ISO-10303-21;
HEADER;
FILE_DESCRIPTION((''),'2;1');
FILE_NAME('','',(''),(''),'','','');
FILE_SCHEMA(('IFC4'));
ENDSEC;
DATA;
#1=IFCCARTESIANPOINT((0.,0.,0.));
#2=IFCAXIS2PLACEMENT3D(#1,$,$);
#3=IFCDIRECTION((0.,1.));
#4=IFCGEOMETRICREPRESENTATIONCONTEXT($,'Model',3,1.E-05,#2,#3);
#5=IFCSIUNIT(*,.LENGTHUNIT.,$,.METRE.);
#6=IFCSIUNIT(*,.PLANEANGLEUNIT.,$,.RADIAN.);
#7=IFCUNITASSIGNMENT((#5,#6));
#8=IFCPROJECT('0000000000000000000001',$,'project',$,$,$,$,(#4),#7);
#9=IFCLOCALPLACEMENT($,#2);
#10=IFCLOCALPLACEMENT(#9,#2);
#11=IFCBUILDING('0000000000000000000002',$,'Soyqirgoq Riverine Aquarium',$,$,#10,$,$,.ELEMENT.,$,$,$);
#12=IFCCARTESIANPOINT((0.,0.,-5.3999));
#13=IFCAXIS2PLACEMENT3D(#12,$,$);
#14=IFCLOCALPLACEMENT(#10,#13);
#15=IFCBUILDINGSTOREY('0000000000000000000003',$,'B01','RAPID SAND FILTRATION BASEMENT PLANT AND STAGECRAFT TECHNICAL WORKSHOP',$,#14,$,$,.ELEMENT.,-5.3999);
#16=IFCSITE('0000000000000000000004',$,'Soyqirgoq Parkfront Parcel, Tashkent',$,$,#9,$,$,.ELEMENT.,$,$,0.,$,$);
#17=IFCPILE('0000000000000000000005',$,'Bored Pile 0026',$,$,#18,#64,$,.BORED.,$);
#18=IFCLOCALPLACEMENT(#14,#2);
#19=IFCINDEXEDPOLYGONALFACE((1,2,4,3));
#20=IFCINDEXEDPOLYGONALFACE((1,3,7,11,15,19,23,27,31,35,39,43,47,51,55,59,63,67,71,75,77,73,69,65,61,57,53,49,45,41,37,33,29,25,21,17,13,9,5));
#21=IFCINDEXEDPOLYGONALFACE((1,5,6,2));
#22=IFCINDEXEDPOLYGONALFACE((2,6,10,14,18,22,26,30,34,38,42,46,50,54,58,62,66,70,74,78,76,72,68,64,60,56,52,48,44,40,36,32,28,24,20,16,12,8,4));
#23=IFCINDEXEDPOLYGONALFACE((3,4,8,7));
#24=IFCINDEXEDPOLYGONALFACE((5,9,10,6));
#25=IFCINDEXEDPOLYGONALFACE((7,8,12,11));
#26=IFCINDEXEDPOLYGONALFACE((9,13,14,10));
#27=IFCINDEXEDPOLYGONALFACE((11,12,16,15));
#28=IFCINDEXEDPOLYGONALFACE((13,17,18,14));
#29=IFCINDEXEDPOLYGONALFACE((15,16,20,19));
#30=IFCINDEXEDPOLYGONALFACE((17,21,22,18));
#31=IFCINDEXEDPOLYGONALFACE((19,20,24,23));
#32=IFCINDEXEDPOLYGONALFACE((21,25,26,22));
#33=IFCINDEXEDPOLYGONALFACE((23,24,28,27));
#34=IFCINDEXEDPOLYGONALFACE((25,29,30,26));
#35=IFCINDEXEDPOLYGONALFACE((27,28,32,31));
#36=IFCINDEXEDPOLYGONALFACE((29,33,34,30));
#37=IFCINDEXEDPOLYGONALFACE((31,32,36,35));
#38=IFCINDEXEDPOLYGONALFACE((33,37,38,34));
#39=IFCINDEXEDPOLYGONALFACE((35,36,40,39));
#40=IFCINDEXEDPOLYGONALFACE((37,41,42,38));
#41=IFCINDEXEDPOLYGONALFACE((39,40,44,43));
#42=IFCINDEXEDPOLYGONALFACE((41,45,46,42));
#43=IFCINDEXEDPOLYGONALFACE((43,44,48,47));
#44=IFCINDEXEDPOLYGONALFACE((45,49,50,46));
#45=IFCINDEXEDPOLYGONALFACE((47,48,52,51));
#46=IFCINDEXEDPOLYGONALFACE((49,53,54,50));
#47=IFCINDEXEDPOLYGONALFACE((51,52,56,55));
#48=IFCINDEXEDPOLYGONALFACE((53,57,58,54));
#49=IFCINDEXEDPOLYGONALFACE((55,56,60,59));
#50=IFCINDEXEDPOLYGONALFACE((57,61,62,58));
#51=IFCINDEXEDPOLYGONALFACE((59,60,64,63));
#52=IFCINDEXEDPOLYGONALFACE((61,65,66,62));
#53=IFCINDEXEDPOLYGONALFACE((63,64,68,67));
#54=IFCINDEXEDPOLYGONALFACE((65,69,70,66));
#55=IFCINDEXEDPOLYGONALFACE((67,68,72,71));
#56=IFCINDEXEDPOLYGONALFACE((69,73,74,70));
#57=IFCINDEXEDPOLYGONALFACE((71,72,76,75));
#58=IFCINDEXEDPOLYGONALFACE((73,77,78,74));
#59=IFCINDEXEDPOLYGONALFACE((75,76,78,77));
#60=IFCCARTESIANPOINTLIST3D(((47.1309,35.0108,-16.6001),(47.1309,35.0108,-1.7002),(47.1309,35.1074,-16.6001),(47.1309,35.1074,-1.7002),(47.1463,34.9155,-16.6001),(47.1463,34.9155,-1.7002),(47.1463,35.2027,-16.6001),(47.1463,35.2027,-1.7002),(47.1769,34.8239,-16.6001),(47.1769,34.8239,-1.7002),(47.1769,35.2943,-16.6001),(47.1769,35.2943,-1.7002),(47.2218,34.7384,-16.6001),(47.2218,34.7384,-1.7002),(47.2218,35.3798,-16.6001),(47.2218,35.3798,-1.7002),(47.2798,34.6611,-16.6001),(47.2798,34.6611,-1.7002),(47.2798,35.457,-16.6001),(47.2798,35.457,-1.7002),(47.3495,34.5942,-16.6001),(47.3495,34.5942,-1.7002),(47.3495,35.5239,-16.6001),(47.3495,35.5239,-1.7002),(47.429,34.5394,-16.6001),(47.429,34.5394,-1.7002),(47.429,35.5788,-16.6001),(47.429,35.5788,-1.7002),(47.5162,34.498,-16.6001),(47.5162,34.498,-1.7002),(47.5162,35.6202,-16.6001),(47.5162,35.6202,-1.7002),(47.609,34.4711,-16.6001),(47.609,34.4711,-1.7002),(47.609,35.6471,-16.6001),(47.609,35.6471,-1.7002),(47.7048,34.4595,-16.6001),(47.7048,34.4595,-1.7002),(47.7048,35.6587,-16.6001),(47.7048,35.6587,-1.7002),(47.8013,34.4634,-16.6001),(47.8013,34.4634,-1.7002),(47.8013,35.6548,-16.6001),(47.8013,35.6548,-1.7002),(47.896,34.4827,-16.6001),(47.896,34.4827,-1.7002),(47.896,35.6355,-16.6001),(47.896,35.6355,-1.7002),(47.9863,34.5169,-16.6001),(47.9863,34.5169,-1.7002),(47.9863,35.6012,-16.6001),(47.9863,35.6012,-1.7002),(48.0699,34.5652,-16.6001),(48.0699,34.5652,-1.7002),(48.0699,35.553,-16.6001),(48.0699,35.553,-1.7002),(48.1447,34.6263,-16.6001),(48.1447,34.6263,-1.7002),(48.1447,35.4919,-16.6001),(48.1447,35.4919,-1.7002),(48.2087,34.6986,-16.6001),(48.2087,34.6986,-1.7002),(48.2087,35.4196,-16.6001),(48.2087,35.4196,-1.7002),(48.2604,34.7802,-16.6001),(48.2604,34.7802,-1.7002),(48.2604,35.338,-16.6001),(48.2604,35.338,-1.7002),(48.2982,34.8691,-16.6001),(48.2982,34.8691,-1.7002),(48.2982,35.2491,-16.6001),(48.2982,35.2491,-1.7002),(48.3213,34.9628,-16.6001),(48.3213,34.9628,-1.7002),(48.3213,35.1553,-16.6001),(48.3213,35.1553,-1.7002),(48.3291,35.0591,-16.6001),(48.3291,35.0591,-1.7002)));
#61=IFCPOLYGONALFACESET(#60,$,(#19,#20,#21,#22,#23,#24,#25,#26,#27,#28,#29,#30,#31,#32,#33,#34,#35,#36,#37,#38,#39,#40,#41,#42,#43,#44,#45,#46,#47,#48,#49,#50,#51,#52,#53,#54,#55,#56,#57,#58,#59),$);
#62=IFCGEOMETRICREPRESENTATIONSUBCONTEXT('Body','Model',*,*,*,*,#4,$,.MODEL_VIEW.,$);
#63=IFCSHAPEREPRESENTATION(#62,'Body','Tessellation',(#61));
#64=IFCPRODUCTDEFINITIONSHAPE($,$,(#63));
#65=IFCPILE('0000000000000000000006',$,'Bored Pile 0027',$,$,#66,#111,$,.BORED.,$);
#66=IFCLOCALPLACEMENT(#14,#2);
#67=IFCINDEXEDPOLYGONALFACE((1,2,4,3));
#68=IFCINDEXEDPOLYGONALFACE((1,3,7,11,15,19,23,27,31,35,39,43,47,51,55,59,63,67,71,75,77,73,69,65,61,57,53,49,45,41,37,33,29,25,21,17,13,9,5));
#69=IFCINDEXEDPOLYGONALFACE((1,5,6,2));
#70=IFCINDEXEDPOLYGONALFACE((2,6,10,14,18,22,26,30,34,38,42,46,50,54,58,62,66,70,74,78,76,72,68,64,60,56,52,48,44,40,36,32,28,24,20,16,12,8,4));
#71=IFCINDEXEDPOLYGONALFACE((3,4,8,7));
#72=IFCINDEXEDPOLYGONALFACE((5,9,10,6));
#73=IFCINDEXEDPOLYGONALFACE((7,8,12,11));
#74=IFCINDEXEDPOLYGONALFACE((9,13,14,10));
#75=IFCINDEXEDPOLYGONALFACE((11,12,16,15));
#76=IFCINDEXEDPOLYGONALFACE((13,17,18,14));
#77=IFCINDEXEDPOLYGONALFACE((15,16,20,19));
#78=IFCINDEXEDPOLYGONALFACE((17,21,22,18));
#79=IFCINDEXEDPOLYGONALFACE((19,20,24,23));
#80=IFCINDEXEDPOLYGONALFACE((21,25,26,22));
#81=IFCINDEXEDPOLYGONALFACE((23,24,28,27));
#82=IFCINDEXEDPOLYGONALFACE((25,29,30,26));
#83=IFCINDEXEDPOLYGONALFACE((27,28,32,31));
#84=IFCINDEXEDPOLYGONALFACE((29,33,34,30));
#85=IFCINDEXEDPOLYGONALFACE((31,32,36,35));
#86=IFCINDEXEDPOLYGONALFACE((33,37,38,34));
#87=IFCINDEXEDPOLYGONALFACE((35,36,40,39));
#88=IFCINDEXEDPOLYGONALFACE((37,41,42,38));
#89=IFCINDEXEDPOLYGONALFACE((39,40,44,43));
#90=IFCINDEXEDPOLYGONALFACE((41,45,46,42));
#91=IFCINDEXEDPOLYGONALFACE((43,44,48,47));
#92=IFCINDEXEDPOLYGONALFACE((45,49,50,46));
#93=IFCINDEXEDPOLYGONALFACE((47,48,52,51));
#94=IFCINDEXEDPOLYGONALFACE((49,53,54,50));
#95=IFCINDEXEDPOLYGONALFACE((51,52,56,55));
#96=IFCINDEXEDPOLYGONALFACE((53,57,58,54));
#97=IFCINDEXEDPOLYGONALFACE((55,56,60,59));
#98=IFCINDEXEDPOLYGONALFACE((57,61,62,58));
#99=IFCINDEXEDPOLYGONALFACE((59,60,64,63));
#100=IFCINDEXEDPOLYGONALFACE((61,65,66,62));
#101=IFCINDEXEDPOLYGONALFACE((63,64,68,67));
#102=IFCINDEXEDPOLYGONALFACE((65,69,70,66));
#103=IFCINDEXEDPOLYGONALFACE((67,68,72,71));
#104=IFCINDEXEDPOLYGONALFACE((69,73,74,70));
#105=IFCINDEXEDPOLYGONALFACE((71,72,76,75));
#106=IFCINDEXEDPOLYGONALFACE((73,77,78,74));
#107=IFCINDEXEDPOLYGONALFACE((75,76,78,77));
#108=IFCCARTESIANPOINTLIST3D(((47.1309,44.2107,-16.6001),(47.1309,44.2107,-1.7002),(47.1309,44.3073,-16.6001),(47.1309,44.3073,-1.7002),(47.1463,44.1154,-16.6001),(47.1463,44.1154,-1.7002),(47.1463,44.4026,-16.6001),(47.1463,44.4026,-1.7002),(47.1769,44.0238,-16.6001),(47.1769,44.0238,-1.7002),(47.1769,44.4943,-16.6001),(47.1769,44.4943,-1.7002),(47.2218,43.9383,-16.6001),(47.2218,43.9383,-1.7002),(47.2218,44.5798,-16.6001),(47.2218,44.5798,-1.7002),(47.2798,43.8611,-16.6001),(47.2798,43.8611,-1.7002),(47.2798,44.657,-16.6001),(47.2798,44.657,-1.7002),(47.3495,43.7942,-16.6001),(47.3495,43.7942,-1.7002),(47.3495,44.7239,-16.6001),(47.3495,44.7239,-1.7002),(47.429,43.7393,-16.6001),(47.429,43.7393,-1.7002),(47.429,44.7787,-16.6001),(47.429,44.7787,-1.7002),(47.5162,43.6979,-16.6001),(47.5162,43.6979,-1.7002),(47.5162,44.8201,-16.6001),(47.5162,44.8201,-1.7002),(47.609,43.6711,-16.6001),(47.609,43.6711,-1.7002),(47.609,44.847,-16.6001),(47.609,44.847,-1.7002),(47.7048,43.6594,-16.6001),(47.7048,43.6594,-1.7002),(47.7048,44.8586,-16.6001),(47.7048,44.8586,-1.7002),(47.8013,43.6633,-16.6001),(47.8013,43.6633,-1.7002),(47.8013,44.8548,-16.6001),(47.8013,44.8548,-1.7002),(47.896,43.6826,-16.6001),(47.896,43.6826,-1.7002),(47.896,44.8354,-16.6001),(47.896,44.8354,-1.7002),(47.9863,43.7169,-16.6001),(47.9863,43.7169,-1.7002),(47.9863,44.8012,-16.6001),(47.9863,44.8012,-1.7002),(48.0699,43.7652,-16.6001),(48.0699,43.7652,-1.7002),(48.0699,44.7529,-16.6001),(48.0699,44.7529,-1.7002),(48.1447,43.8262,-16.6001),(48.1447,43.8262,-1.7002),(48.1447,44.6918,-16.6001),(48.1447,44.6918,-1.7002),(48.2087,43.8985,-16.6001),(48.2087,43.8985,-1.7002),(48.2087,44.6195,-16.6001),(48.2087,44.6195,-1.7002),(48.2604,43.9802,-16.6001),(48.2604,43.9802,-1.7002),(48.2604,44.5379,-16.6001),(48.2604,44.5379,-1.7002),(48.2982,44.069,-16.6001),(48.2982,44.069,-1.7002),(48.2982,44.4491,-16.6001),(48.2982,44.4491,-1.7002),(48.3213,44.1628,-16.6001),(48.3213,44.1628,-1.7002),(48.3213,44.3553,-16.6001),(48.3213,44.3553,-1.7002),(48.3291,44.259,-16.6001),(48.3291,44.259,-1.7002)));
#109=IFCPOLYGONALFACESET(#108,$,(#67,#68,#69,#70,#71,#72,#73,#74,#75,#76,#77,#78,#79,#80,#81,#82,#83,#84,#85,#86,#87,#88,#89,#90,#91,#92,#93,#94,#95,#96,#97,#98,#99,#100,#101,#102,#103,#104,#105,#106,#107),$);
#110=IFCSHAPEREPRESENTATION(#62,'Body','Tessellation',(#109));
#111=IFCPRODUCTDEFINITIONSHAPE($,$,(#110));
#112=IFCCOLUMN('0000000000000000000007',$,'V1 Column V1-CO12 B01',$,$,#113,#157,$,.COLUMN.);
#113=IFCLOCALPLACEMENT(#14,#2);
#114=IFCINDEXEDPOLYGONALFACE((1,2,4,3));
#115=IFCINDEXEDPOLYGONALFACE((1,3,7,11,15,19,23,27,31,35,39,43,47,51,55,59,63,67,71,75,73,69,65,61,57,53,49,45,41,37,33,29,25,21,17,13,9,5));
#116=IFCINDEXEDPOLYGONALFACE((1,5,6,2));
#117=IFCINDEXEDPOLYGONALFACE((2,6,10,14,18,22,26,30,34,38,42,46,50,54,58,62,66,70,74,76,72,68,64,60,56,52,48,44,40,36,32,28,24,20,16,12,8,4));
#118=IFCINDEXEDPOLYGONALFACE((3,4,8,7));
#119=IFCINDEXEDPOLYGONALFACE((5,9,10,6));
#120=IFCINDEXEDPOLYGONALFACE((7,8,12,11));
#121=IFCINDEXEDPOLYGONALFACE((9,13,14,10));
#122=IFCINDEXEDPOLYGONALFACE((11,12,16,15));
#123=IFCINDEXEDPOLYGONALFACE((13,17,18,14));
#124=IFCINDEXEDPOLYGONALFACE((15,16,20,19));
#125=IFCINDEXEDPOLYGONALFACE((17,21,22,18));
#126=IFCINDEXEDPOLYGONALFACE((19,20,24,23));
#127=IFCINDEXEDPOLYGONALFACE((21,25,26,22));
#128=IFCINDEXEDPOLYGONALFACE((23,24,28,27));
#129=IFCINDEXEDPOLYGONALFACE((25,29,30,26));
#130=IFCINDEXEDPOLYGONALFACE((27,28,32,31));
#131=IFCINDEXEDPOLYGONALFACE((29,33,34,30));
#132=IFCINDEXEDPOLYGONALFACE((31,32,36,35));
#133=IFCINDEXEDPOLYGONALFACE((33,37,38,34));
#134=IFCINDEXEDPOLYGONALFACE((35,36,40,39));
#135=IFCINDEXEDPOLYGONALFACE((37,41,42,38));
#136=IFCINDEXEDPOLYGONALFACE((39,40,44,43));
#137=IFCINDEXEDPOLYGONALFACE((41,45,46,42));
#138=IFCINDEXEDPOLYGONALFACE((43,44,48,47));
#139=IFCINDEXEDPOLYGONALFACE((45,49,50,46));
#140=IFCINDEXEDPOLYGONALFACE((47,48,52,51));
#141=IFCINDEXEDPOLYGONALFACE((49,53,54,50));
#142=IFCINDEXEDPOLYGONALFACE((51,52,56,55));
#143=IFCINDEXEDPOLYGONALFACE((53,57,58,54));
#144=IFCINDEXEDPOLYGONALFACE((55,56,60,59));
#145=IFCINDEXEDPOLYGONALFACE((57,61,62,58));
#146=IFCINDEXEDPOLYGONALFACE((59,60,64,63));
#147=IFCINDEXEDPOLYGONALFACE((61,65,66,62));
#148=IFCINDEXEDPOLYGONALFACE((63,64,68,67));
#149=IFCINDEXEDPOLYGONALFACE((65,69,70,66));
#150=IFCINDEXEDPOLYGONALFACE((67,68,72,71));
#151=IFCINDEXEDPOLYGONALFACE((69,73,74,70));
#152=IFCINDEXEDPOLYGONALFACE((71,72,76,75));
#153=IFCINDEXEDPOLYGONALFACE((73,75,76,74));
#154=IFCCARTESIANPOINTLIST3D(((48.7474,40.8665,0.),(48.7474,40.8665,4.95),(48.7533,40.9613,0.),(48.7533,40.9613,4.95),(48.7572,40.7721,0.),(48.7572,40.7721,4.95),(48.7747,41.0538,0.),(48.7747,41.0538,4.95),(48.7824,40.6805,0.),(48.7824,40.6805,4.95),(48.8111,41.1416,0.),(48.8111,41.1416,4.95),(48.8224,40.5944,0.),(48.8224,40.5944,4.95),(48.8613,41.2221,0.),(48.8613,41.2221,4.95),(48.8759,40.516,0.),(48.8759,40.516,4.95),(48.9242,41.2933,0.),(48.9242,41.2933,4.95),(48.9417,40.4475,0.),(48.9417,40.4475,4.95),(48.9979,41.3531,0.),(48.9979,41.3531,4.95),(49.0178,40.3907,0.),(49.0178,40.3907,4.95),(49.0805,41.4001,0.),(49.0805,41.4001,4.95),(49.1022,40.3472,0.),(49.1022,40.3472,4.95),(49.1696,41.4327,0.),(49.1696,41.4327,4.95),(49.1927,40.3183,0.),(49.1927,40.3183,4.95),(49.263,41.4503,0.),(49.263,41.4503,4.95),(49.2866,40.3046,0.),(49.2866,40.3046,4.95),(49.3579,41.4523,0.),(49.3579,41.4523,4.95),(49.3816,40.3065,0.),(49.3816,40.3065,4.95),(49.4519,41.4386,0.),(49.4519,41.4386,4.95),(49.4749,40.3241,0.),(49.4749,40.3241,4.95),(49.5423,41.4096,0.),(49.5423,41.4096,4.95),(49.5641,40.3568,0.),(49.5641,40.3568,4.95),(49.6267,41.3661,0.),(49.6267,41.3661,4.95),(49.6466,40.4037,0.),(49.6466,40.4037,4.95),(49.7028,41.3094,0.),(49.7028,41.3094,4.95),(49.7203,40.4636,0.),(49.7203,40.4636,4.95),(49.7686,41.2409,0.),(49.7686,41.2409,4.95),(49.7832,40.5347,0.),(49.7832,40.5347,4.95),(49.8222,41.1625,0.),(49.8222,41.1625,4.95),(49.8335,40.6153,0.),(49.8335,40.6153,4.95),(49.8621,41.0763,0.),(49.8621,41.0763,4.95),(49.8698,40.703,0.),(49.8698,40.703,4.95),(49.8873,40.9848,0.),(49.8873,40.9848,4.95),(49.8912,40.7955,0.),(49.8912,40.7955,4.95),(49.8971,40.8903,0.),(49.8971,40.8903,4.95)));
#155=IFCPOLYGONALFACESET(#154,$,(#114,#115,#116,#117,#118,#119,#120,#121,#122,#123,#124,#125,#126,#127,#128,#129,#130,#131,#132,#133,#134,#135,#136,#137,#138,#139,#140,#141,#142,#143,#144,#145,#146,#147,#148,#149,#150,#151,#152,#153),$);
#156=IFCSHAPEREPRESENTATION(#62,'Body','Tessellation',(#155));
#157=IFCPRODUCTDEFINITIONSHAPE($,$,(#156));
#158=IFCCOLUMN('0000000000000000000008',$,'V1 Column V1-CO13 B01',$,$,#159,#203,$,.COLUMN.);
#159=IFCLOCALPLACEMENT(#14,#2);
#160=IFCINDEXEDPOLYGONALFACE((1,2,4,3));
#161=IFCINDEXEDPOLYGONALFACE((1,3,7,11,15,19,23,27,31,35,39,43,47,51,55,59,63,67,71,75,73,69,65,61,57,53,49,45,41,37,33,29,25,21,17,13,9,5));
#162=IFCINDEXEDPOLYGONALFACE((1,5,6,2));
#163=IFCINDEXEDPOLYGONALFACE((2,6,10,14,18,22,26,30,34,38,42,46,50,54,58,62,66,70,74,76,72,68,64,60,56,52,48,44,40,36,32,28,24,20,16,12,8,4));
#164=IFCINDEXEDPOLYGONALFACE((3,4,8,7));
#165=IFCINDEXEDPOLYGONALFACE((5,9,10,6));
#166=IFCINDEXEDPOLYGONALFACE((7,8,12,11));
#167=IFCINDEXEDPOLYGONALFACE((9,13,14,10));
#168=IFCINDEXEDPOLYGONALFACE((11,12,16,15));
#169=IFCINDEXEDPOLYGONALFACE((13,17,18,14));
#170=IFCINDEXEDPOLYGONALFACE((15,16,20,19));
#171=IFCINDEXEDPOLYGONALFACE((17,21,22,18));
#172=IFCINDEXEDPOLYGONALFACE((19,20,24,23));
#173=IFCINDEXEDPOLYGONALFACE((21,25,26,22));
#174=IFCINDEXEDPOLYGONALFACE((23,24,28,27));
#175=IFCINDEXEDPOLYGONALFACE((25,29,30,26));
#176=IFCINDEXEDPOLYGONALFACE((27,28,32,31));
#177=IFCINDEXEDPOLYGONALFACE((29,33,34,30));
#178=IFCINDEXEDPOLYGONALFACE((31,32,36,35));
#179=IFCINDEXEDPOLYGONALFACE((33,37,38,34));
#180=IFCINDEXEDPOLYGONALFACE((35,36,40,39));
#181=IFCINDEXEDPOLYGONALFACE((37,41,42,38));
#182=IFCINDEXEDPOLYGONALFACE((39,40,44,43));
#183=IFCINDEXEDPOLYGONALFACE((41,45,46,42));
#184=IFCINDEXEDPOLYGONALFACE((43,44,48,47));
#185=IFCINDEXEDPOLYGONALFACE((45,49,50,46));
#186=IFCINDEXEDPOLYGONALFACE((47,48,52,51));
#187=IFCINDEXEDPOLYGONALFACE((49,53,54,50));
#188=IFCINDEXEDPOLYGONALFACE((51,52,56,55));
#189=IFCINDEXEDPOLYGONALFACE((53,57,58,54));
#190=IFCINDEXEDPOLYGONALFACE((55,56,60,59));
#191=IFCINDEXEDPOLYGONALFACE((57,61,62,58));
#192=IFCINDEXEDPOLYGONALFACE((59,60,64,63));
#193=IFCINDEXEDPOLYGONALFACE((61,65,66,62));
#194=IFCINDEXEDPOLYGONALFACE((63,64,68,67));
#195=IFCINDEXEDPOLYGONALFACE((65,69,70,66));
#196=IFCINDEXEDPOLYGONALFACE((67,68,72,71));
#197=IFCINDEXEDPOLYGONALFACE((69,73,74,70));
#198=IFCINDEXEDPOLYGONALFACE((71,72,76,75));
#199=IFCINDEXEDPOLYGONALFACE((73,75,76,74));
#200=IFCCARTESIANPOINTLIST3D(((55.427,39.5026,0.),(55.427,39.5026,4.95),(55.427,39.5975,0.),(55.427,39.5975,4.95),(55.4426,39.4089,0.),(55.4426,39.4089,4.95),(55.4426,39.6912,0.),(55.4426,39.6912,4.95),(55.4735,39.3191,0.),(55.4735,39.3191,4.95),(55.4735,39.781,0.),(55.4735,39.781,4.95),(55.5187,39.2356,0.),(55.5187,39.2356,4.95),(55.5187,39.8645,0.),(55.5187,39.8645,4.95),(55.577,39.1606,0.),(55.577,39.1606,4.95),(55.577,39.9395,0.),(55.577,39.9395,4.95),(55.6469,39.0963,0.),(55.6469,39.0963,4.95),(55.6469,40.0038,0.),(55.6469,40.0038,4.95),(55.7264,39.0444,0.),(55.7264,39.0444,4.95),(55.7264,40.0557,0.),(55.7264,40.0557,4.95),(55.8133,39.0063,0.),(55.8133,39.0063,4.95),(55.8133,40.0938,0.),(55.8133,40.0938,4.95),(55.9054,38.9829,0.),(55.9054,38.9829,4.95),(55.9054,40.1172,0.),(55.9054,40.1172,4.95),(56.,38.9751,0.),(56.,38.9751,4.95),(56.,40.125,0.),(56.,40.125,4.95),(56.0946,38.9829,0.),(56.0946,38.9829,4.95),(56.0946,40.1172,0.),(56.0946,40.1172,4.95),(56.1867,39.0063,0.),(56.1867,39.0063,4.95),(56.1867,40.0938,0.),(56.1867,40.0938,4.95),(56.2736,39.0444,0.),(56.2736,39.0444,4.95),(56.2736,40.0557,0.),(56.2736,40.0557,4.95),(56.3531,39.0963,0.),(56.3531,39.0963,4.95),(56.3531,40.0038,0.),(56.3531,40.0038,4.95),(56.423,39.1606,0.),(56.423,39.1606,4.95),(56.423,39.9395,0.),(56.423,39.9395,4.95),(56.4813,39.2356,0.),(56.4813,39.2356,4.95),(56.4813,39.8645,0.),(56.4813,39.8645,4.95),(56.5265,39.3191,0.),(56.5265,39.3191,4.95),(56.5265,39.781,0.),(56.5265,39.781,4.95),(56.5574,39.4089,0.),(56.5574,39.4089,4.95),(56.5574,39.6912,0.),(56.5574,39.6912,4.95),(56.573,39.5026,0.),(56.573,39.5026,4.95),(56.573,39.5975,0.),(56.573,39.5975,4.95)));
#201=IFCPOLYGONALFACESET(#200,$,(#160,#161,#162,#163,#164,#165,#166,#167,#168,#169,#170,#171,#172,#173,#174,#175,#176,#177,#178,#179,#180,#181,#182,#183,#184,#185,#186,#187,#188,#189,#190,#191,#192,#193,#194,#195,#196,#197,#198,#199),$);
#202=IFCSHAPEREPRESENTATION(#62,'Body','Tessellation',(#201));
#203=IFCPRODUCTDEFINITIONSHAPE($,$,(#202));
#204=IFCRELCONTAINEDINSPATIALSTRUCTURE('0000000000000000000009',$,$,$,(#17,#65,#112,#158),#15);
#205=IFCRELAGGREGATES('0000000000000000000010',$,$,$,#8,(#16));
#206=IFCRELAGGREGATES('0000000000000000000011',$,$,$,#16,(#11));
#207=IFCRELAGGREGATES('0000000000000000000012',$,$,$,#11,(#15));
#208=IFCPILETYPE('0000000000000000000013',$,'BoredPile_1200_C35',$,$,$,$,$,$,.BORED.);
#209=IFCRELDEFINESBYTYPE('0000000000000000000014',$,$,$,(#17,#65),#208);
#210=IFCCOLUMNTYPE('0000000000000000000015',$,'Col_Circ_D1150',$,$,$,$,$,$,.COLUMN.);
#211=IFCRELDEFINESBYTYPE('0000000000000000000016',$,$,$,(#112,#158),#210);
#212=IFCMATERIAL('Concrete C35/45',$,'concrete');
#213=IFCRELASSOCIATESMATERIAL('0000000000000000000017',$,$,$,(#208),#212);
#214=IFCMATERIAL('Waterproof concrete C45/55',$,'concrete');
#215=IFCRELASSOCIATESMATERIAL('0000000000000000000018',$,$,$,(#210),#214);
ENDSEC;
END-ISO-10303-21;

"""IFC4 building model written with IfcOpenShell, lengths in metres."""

from ifc_helpers import new_model, si_unit, direction, frame, origin, origin_2d, place, context, subcontext, project, spatial, circle, extrude, material, material_profile, profile_set, type_object, element, save


model = new_model("IFC4")

# Units and contexts
model_context = context("Model", 3, precision=1e-05, world=origin(), true_north=direction((0.0, 1.0)))
body_context = subcontext(model_context, "Body", "Model", "MODEL_VIEW")
ifc_project = project(units=[si_unit("LENGTHUNIT", "METRE"), si_unit("PLANEANGLEUNIT", "RADIAN")], contexts=[model_context])

# Site, building, storey
site_placement = place(None, origin())
site = spatial("IfcSite", under=ifc_project, at=site_placement, Name="Soyqirgoq Parkfront Parcel, Tashkent", CompositionType="ELEMENT", RefElevation=0.0)
building_placement = place(site_placement, origin())
building = spatial("IfcBuilding", under=site, at=building_placement, Name="Soyqirgoq Riverine Aquarium", CompositionType="ELEMENT")
storey_placement = place(building_placement, frame((0.0, 0.0, -5.3999)))
storey = spatial("IfcBuildingStorey", under=building, at=storey_placement, Name="B01", Description="RAPID SAND FILTRATION BASEMENT PLANT AND STAGECRAFT TECHNICAL WORKSHOP", CompositionType="ELEMENT", Elevation=-5.3999)

# Piles
ifc_material_1 = material(Name="Concrete C35/45", Category="concrete")
ifc_material_profile_1 = material_profile(ifc_material_1, circle(Radius=0.6001, at=origin_2d()), Name="BP D1200")
ifc_profile_set_1 = profile_set([ifc_material_profile_1], Name="Concrete C35/45")
pile_type = type_object("IfcPileType", Name="BoredPile_1200_C35", PredefinedType="BORED", material=ifc_profile_set_1)
for number, where, z_axis, x_axis, name in (
    (1, (47.729, 35.0591, -1.7002), (0.0, 0.0, -1.0), (1.0, 0.0, 0.0), "Bored Pile 0026"),
    (2, (47.729, 44.259, -1.7002), (0.0, 0.0, -1.0), (1.0, 0.0, 0.0), "Bored Pile 0027"),
):
    element("IfcPile", number, at=place(storey_placement, frame(where, z_axis=z_axis, x_axis=x_axis)), inside=storey, type_object=pile_type, Name=name, PredefinedType="BORED", context=body_context, shape_type="SweptSolid", body=[
        extrude(circle(Radius=0.6001, at=origin_2d()), origin(), (0.0, 0.0, 1.0), 14.8999),
    ])

# Columns
ifc_material_2 = material(Name="Waterproof concrete C45/55", Category="concrete")
ifc_material_profile_2 = material_profile(ifc_material_2, circle(Radius=0.575, at=origin_2d()), Name="RC-COL D1150")
ifc_profile_set_2 = profile_set([ifc_material_profile_2], Name="Waterproof concrete C45/55")
column_type_1 = type_object("IfcColumnType", Name="Col_Circ_D1150", PredefinedType="COLUMN", material=ifc_profile_set_2)
for number, where, z_axis, x_axis, name in (
    (3, (49.3223, 40.8784, 0.0), (0.0, 0.0, 1.0), (-0.382683, -0.92388, 0.0), "V1 Column V1-CO12 B01"),
    (4, (56.0, 39.55, 0.0), (0.0, 0.0, 1.0), (0.0, -1.0, 0.0), "V1 Column V1-CO13 B01"),
):
    element("IfcColumn", number, at=place(storey_placement, frame(where, z_axis=z_axis, x_axis=x_axis)), inside=storey, type_object=column_type_1, Name=name, PredefinedType="COLUMN", context=body_context, shape_type="SweptSolid", body=[
        extrude(circle(Radius=0.575, at=origin_2d()), origin(), (0.0, 0.0, 1.0), 4.95),
    ])

save(model, "model.ifc")
